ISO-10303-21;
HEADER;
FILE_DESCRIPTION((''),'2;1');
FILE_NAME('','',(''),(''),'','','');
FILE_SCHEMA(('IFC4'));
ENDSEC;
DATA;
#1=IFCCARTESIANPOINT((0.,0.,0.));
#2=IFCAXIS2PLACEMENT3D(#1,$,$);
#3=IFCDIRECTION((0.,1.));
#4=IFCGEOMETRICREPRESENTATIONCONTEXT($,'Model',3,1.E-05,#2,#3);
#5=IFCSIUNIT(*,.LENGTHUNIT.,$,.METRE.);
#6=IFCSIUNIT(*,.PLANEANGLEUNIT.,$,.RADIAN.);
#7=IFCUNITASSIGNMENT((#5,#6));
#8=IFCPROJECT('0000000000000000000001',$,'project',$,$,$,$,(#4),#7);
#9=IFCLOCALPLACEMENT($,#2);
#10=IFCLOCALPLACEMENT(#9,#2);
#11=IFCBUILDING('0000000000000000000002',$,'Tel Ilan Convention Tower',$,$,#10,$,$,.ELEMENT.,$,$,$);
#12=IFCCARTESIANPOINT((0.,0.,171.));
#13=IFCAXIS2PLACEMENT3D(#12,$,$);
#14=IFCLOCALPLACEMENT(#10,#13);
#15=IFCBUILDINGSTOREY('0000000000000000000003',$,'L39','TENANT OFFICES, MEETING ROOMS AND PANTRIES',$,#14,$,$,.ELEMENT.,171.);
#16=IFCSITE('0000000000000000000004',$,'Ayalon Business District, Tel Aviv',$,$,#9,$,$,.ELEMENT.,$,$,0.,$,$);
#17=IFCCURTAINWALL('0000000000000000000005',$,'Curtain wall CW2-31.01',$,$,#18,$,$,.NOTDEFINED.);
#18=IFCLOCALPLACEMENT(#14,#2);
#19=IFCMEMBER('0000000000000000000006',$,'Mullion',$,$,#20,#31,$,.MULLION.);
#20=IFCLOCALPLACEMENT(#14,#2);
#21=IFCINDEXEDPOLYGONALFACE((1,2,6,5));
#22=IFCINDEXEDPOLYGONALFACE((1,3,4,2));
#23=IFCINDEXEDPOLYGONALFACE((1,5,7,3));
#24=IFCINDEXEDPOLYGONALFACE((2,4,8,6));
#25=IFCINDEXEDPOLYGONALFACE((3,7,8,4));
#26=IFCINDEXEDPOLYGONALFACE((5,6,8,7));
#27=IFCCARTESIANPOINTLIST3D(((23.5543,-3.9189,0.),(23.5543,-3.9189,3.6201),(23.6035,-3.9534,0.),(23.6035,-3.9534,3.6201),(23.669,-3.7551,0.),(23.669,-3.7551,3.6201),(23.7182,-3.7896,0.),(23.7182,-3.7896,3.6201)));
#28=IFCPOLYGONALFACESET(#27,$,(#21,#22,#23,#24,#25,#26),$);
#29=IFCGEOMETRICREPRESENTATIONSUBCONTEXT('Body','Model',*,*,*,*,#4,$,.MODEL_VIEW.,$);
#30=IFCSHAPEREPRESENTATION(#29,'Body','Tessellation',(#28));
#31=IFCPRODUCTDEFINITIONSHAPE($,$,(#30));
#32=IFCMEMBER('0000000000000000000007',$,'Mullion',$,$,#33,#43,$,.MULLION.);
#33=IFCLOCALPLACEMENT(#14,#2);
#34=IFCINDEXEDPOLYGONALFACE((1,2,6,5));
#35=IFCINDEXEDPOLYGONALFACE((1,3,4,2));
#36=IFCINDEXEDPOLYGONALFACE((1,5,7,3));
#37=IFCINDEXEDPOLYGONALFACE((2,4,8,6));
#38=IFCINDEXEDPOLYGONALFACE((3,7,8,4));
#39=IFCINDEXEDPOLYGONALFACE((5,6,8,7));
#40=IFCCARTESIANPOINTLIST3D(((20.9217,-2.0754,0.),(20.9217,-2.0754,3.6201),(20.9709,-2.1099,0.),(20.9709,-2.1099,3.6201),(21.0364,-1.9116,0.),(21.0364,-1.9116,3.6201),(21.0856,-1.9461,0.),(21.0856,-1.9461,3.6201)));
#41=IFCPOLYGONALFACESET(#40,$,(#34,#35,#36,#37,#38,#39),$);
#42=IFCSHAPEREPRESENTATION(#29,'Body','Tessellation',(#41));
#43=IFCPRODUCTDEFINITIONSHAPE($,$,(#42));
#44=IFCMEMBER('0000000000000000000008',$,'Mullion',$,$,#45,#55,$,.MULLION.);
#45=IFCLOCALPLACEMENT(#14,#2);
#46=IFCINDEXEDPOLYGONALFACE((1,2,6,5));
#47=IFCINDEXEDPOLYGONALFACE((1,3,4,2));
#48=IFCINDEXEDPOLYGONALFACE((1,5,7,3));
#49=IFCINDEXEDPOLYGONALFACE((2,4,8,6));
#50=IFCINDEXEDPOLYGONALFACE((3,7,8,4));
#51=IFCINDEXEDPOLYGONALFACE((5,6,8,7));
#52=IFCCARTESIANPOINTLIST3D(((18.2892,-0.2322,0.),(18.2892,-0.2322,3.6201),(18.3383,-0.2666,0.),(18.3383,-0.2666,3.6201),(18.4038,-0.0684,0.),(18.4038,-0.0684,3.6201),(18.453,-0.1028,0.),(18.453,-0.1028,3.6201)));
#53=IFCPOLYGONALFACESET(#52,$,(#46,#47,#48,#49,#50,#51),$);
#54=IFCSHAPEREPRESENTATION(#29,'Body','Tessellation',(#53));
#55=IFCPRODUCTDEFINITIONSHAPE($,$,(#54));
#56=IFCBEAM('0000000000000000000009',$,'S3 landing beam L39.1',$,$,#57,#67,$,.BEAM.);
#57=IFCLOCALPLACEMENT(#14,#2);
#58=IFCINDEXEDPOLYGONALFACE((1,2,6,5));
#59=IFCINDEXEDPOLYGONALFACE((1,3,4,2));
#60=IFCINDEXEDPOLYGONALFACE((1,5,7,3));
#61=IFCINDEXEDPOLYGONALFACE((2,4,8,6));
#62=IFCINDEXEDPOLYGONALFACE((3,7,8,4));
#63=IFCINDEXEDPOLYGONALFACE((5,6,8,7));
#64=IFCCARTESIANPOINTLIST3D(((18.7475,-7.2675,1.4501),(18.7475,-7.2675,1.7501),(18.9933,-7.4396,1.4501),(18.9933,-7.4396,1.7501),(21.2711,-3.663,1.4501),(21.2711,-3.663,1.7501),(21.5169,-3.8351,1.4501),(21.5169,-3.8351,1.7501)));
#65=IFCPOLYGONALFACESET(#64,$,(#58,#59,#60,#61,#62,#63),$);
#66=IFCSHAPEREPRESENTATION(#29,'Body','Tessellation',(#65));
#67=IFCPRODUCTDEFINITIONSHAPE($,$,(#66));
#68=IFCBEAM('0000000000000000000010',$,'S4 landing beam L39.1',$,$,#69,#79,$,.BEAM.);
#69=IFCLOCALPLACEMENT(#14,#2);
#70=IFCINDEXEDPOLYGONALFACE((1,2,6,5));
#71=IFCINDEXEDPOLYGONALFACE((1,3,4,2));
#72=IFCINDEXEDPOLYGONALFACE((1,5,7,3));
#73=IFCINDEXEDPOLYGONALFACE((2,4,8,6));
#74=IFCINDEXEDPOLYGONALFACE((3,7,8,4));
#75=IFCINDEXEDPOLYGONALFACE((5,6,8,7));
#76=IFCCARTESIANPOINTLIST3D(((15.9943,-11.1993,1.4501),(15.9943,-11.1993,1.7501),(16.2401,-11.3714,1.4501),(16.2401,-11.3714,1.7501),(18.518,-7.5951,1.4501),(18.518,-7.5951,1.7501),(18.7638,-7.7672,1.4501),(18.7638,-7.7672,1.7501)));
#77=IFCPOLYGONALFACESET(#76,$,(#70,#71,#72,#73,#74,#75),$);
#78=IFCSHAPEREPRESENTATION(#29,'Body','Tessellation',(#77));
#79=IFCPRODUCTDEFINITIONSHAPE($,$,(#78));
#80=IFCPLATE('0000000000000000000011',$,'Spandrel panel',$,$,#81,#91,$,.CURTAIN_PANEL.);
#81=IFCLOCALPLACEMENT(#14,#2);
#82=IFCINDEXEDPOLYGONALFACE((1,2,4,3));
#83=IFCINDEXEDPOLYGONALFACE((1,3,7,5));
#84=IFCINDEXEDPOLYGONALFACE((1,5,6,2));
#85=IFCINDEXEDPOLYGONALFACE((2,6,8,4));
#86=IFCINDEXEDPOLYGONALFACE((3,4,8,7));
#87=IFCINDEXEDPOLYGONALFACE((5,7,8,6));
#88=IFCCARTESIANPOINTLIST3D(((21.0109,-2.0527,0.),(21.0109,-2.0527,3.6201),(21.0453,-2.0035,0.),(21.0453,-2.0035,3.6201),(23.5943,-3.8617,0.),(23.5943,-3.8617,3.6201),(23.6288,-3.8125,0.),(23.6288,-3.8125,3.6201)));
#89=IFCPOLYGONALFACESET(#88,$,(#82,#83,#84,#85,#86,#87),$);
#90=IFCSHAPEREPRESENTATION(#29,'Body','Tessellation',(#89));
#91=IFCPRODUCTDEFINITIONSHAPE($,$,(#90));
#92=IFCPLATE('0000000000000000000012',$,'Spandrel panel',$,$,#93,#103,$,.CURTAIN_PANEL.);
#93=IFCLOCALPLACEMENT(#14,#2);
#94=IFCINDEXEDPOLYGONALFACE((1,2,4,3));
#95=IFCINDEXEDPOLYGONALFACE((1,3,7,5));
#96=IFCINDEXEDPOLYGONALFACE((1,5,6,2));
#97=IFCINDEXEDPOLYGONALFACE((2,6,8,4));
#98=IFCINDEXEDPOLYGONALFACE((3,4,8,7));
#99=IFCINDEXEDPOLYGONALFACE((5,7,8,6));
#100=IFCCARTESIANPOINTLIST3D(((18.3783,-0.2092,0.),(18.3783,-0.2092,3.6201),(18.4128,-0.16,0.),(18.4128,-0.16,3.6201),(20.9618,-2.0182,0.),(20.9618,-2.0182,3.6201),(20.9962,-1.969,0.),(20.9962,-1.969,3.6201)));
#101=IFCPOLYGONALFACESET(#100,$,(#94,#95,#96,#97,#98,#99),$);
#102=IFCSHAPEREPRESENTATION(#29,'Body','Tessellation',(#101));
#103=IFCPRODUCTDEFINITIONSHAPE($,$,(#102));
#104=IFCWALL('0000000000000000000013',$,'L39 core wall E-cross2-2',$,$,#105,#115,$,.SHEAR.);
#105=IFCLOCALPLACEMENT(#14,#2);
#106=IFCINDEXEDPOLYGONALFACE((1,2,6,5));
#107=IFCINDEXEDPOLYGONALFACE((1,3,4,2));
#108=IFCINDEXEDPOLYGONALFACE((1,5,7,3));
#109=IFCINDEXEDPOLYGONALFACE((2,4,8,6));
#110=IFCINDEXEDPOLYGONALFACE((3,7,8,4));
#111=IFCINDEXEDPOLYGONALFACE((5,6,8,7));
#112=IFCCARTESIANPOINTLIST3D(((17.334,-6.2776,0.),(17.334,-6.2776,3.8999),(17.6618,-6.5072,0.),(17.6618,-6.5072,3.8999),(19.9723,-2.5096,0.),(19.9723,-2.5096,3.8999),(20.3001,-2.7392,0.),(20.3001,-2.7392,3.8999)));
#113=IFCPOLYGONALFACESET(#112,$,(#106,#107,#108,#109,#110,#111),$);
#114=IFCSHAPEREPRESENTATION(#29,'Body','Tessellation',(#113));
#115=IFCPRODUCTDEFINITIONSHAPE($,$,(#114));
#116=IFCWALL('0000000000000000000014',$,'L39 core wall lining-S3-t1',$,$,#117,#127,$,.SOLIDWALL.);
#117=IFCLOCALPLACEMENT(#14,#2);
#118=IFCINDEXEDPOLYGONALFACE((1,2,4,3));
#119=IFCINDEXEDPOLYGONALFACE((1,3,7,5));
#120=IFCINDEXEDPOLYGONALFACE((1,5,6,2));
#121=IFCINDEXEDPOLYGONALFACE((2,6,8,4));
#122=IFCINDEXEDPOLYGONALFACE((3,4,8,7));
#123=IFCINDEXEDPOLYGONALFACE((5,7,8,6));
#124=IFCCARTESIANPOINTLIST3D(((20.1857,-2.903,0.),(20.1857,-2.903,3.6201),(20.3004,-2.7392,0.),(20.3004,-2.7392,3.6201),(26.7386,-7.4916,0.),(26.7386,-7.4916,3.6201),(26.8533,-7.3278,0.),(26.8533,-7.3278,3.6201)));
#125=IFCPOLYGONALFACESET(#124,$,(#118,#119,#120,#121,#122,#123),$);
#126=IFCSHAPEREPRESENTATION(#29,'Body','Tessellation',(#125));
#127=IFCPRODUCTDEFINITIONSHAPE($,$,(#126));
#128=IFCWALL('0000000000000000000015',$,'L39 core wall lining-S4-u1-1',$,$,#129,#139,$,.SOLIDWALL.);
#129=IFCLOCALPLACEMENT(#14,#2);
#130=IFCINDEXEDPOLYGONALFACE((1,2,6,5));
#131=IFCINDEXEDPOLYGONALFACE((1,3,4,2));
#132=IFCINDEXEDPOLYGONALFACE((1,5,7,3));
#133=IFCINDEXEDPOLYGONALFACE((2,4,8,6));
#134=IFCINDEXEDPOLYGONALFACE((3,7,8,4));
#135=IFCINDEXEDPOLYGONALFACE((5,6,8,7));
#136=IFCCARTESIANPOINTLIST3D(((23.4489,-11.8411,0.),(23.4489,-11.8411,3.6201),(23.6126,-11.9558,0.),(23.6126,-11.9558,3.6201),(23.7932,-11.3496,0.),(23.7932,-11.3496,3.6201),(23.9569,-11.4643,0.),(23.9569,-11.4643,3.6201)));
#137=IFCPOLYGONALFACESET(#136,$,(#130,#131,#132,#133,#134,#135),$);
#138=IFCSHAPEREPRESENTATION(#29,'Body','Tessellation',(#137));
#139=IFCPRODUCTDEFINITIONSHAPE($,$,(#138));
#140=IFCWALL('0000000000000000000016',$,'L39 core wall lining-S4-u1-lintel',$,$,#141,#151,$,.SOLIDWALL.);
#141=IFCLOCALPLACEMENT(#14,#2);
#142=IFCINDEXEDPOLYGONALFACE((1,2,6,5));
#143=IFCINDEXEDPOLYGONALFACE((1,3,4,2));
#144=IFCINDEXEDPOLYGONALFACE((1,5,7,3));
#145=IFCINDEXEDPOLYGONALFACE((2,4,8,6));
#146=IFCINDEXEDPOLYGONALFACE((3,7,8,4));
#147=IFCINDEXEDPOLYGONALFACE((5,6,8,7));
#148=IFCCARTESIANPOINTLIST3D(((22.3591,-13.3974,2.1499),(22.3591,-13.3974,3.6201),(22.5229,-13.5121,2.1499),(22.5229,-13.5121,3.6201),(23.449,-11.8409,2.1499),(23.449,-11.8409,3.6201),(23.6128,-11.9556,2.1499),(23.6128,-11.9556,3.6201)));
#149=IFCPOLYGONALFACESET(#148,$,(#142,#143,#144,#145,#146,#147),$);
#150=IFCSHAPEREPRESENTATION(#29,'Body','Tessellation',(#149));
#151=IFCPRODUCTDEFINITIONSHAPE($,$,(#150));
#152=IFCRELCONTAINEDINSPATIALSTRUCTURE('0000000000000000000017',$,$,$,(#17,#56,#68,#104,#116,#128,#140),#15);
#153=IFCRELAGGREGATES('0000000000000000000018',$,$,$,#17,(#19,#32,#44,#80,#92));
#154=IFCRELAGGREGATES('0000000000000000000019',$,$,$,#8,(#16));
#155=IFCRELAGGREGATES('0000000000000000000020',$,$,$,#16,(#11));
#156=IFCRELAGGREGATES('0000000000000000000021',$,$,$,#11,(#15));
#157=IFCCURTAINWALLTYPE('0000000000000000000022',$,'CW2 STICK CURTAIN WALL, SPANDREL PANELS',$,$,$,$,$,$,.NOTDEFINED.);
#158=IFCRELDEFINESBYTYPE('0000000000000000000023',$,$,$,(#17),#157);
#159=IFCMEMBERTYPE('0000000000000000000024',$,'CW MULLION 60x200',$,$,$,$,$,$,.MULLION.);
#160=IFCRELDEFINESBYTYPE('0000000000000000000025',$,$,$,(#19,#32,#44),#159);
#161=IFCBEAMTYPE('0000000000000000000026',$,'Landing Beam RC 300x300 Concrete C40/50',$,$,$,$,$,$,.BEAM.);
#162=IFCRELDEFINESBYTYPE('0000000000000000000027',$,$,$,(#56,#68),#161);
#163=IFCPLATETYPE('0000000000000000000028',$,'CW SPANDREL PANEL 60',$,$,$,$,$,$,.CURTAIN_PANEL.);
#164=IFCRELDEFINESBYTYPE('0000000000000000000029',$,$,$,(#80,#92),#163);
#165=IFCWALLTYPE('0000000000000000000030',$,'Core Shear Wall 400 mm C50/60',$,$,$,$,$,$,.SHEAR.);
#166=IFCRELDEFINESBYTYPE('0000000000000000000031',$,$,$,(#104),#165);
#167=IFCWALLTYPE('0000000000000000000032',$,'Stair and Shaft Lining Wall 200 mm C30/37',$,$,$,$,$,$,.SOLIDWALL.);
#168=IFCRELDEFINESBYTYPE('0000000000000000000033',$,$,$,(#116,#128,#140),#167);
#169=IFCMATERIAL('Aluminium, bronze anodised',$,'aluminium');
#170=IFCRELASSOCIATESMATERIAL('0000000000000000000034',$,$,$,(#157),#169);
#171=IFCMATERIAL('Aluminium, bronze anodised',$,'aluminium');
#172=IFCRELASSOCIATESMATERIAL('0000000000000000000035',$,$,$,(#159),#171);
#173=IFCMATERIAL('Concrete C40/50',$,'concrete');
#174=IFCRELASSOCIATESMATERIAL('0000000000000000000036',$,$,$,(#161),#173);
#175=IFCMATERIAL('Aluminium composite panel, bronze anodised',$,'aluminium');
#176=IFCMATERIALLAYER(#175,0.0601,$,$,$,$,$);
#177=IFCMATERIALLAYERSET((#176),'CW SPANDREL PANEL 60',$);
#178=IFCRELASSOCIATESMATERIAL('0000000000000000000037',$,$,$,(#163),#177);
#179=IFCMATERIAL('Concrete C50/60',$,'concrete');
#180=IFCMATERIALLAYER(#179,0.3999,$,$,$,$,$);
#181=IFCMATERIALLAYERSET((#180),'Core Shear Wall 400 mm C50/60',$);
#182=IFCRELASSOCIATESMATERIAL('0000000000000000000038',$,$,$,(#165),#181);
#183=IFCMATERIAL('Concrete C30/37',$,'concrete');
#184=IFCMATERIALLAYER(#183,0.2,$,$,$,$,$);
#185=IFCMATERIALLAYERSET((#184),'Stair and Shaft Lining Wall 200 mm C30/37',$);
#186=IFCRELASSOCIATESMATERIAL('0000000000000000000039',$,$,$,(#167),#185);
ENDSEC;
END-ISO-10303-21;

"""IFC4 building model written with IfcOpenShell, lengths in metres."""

from ifc_helpers import new_model, si_unit, direction, frame, frame_2d, origin, origin_2d, place, context, subcontext, project, spatial, polyline, rectangle, outline, extrude, material, layer, layer_set, material_profile, profile_set, type_object, element, aggregate, save


model = new_model("IFC4")

# Units and contexts
model_context = context("Model", 3, precision=1e-05, world=origin(), true_north=direction((0.0, 1.0)))
body_context = subcontext(model_context, "Body", "Model", "MODEL_VIEW")
ifc_project = project(units=[si_unit("LENGTHUNIT", "METRE"), si_unit("PLANEANGLEUNIT", "RADIAN")], contexts=[model_context])

# Site, building, storey
site_placement = place(None, origin())
site = spatial("IfcSite", under=ifc_project, at=site_placement, Name="Ayalon Business District, Tel Aviv", CompositionType="ELEMENT", RefElevation=0.0)
building_placement = place(site_placement, origin())
building = spatial("IfcBuilding", under=site, at=building_placement, Name="Tel Ilan Convention Tower", CompositionType="ELEMENT")
storey_placement = place(building_placement, frame((0.0, 0.0, 171.0)))
storey = spatial("IfcBuildingStorey", under=building, at=storey_placement, Name="L39", Description="TENANT OFFICES, MEETING ROOMS AND PANTRIES", CompositionType="ELEMENT", Elevation=171.0)

# Curtain wall, members
ifc_material_1 = material(Name="Aluminium, bronze anodised", Category="aluminium")
curtain_wall_type = type_object("IfcCurtainWallType", Name="CW2 STICK CURTAIN WALL, SPANDREL PANELS", PredefinedType="NOTDEFINED", material=ifc_material_1)
curtain_wall_placement = place(storey_placement, origin())
curtain_wall = element("IfcCurtainWall", 1, at=curtain_wall_placement, inside=storey, type_object=curtain_wall_type, Name="Curtain wall CW2-31.01", PredefinedType="NOTDEFINED")
ifc_material_2 = material(Name="Aluminium, bronze anodised", Category="aluminium")
ifc_material_profile_1 = material_profile(ifc_material_2, rectangle(XDim=0.0601, YDim=0.2, at=origin_2d()), Name="CW MULLION 60x200")
ifc_profile_set_1 = profile_set([ifc_material_profile_1], Name="Aluminium, bronze anodised")
member_type = type_object("IfcMemberType", Name="CW MULLION 60x200", PredefinedType="MULLION", material=ifc_profile_set_1)
member_1_placement = place(storey_placement, frame((23.6362, -3.8542, 0.0), z_axis=(0.0, 0.0, 1.0), x_axis=(-0.819152, 0.573576, 0.0)))
member_1 = element("IfcMember", 2, at=member_1_placement, type_object=member_type, Name="Mullion", PredefinedType="MULLION", context=body_context, shape_type="SweptSolid", body=[
    extrude(rectangle(XDim=0.0601, YDim=0.2, at=origin_2d()), origin(), (0.0, 0.0, 1.0), 3.6201),
])
member_2_placement = place(storey_placement, frame((21.0037, -2.0107, 0.0), z_axis=(0.0, 0.0, 1.0), x_axis=(-0.819152, 0.573576, 0.0)))
member_2 = element("IfcMember", 3, at=member_2_placement, type_object=member_type, Name="Mullion", PredefinedType="MULLION", context=body_context, shape_type="SweptSolid", body=[
    extrude(rectangle(XDim=0.0601, YDim=0.2, at=origin_2d()), origin(), (0.0, 0.0, 1.0), 3.6201),
])
member_3_placement = place(storey_placement, frame((18.3711, -0.1675, 0.0), z_axis=(0.0, 0.0, 1.0), x_axis=(-0.819152, 0.573576, 0.0)))
member_3 = element("IfcMember", 4, at=member_3_placement, type_object=member_type, Name="Mullion", PredefinedType="MULLION", context=body_context, shape_type="SweptSolid", body=[
    extrude(rectangle(XDim=0.0601, YDim=0.2, at=origin_2d()), origin(), (0.0, 0.0, 1.0), 3.6201),
])

# Beams
ifc_material_3 = material(Name="Concrete C40/50", Category="concrete")
ifc_material_profile_2 = material_profile(ifc_material_3, rectangle(XDim=0.3, YDim=0.3, at=origin_2d()), Name="RC 300x300")
ifc_profile_set_2 = profile_set([ifc_material_profile_2], Name="Concrete C40/50")
beam_type = type_object("IfcBeamType", Name="Landing Beam RC 300x300 Concrete C40/50", PredefinedType="BEAM", material=ifc_profile_set_2)
beam_1_placement = place(storey_placement, frame((21.394, -3.749, 1.6001), z_axis=(-0.573544, -0.819175, 0.0), x_axis=(0.819175, -0.573544, 0.0)))
element("IfcBeam", 5, at=beam_1_placement, inside=storey, type_object=beam_type, Name="S3 landing beam L39.1", PredefinedType="BEAM", context=body_context, shape_type="SweptSolid", body=[
    extrude(rectangle(XDim=0.3, YDim=0.3, at=origin_2d()), origin(), (0.0, 0.0, 1.0), 4.4001),
])
beam_2_placement = place(storey_placement, frame((18.6409, -7.6812, 1.6001), z_axis=(-0.57357, -0.819156, 0.0), x_axis=(0.819156, -0.57357, 0.0)))
element("IfcBeam", 6, at=beam_2_placement, inside=storey, type_object=beam_type, Name="S4 landing beam L39.1", PredefinedType="BEAM", context=body_context, shape_type="SweptSolid", body=[
    extrude(rectangle(XDim=0.3, YDim=0.3, at=origin_2d()), origin(), (0.0, 0.0, 1.0), 4.3999),
])

# Plates
ifc_material_4 = material(Name="Aluminium composite panel, bronze anodised", Category="aluminium")
ifc_layer_1 = layer(ifc_material_4, 0.0601)
ifc_layer_set_1 = layer_set([ifc_layer_1], Name="CW SPANDREL PANEL 60")
plate_type = type_object("IfcPlateType", Name="CW SPANDREL PANEL 60", PredefinedType="CURTAIN_PANEL", material=ifc_layer_set_1)
plate_1_placement = place(storey_placement, frame((22.3198, -2.9326, 0.0), z_axis=(0.0, 0.0, 1.0), x_axis=(-0.819152, 0.573576, 0.0)))
plate_1 = element("IfcPlate", 7, at=plate_1_placement, type_object=plate_type, Name="Spandrel panel", PredefinedType="CURTAIN_PANEL", context=body_context, shape_type="SweptSolid", body=[
    extrude(rectangle(XDim=3.1538, YDim=0.0601, at=origin_2d()), origin(), (0.0, 0.0, 1.0), 3.6201),
])
plate_2_placement = place(storey_placement, frame((19.6873, -1.0891, 0.0), z_axis=(0.0, 0.0, 1.0), x_axis=(-0.819152, 0.573576, 0.0)))
plate_2 = element("IfcPlate", 8, at=plate_2_placement, type_object=plate_type, Name="Spandrel panel", PredefinedType="CURTAIN_PANEL", context=body_context, shape_type="SweptSolid", body=[
    extrude(rectangle(XDim=3.1538, YDim=0.0601, at=origin_2d()), origin(), (0.0, 0.0, 1.0), 3.6201),
])
aggregate(curtain_wall, [member_1, member_2, member_3, plate_1, plate_2])

# Walls
ifc_material_5 = material(Name="Concrete C50/60", Category="concrete")
ifc_layer_2 = layer(ifc_material_5, 0.3999)
ifc_layer_set_2 = layer_set([ifc_layer_2], Name="Core Shear Wall 400 mm C50/60")
wall_type_1 = type_object("IfcWallType", Name="Core Shear Wall 400 mm C50/60", PredefinedType="SHEAR", material=ifc_layer_set_2)
wall_1_placement = place(storey_placement, frame((17.4978, -6.3923, 0.0), z_axis=(0.0, 0.0, 1.0), x_axis=(0.573612, 0.819127, 0.0)))
element("IfcWall", 9, at=wall_1_placement, inside=storey, type_object=wall_type_1, Name="L39 core wall E-cross2-2", PredefinedType="SHEAR", context=body_context, shape_type="SweptSolid", body=[
    extrude(outline(polyline([(4.5999, -0.2), (4.5999, 0.2002), (0.0, 0.2), (0.0, -0.2002), (4.5999, -0.2)])), origin(), (0.0, 0.0, 1.0), 3.8999),
])
ifc_material_6 = material(Name="Concrete C30/37", Category="concrete")
ifc_layer_3 = layer(ifc_material_6, 0.2)
ifc_layer_set_3 = layer_set([ifc_layer_3], Name="Stair and Shaft Lining Wall 200 mm C30/37")
wall_type_2 = type_object("IfcWallType", Name="Stair and Shaft Lining Wall 200 mm C30/37", PredefinedType="SOLIDWALL", material=ifc_layer_set_3)
wall_2_placement = place(storey_placement, frame((20.2429, -2.821, 0.0), z_axis=(0.0, 0.0, 1.0), x_axis=(0.819142, -0.573591, 0.0)))
element("IfcWall", 10, at=wall_2_placement, inside=storey, type_object=wall_type_2, Name="L39 core wall lining-S3-t1", PredefinedType="SOLIDWALL", context=body_context, shape_type="SweptSolid", body=[
    extrude(rectangle(XDim=7.9998, YDim=0.2, at=frame_2d((4.0, 0.0))), origin(), (0.0, 0.0, 1.0), 3.6201),
])
wall_3_placement = place(storey_placement, frame((23.5308, -11.8984, 0.0), z_axis=(0.0, 0.0, 1.0), x_axis=(0.573708, 0.81906, 0.0)))
element("IfcWall", 11, at=wall_3_placement, inside=storey, type_object=wall_type_2, Name="L39 core wall lining-S4-u1-1", PredefinedType="SOLIDWALL", context=body_context, shape_type="SweptSolid", body=[
    extrude(rectangle(XDim=0.6001, YDim=0.2, at=frame_2d((0.3, 0.0))), origin(), (0.0, 0.0, 1.0), 3.6201),
])
wall_4_placement = place(storey_placement, frame((22.4409, -13.4548, 2.1499), z_axis=(0.0, 0.0, 1.0), x_axis=(0.573592, 0.819141, 0.0)))
element("IfcWall", 12, at=wall_4_placement, inside=storey, type_object=wall_type_2, Name="L39 core wall lining-S4-u1-lintel", PredefinedType="SOLIDWALL", context=body_context, shape_type="SweptSolid", body=[
    extrude(rectangle(XDim=1.9001, YDim=0.2, at=frame_2d((0.9502, 0.0))), origin(), (0.0, 0.0, 1.0), 1.4702),
])

save(model, "model.ifc")
